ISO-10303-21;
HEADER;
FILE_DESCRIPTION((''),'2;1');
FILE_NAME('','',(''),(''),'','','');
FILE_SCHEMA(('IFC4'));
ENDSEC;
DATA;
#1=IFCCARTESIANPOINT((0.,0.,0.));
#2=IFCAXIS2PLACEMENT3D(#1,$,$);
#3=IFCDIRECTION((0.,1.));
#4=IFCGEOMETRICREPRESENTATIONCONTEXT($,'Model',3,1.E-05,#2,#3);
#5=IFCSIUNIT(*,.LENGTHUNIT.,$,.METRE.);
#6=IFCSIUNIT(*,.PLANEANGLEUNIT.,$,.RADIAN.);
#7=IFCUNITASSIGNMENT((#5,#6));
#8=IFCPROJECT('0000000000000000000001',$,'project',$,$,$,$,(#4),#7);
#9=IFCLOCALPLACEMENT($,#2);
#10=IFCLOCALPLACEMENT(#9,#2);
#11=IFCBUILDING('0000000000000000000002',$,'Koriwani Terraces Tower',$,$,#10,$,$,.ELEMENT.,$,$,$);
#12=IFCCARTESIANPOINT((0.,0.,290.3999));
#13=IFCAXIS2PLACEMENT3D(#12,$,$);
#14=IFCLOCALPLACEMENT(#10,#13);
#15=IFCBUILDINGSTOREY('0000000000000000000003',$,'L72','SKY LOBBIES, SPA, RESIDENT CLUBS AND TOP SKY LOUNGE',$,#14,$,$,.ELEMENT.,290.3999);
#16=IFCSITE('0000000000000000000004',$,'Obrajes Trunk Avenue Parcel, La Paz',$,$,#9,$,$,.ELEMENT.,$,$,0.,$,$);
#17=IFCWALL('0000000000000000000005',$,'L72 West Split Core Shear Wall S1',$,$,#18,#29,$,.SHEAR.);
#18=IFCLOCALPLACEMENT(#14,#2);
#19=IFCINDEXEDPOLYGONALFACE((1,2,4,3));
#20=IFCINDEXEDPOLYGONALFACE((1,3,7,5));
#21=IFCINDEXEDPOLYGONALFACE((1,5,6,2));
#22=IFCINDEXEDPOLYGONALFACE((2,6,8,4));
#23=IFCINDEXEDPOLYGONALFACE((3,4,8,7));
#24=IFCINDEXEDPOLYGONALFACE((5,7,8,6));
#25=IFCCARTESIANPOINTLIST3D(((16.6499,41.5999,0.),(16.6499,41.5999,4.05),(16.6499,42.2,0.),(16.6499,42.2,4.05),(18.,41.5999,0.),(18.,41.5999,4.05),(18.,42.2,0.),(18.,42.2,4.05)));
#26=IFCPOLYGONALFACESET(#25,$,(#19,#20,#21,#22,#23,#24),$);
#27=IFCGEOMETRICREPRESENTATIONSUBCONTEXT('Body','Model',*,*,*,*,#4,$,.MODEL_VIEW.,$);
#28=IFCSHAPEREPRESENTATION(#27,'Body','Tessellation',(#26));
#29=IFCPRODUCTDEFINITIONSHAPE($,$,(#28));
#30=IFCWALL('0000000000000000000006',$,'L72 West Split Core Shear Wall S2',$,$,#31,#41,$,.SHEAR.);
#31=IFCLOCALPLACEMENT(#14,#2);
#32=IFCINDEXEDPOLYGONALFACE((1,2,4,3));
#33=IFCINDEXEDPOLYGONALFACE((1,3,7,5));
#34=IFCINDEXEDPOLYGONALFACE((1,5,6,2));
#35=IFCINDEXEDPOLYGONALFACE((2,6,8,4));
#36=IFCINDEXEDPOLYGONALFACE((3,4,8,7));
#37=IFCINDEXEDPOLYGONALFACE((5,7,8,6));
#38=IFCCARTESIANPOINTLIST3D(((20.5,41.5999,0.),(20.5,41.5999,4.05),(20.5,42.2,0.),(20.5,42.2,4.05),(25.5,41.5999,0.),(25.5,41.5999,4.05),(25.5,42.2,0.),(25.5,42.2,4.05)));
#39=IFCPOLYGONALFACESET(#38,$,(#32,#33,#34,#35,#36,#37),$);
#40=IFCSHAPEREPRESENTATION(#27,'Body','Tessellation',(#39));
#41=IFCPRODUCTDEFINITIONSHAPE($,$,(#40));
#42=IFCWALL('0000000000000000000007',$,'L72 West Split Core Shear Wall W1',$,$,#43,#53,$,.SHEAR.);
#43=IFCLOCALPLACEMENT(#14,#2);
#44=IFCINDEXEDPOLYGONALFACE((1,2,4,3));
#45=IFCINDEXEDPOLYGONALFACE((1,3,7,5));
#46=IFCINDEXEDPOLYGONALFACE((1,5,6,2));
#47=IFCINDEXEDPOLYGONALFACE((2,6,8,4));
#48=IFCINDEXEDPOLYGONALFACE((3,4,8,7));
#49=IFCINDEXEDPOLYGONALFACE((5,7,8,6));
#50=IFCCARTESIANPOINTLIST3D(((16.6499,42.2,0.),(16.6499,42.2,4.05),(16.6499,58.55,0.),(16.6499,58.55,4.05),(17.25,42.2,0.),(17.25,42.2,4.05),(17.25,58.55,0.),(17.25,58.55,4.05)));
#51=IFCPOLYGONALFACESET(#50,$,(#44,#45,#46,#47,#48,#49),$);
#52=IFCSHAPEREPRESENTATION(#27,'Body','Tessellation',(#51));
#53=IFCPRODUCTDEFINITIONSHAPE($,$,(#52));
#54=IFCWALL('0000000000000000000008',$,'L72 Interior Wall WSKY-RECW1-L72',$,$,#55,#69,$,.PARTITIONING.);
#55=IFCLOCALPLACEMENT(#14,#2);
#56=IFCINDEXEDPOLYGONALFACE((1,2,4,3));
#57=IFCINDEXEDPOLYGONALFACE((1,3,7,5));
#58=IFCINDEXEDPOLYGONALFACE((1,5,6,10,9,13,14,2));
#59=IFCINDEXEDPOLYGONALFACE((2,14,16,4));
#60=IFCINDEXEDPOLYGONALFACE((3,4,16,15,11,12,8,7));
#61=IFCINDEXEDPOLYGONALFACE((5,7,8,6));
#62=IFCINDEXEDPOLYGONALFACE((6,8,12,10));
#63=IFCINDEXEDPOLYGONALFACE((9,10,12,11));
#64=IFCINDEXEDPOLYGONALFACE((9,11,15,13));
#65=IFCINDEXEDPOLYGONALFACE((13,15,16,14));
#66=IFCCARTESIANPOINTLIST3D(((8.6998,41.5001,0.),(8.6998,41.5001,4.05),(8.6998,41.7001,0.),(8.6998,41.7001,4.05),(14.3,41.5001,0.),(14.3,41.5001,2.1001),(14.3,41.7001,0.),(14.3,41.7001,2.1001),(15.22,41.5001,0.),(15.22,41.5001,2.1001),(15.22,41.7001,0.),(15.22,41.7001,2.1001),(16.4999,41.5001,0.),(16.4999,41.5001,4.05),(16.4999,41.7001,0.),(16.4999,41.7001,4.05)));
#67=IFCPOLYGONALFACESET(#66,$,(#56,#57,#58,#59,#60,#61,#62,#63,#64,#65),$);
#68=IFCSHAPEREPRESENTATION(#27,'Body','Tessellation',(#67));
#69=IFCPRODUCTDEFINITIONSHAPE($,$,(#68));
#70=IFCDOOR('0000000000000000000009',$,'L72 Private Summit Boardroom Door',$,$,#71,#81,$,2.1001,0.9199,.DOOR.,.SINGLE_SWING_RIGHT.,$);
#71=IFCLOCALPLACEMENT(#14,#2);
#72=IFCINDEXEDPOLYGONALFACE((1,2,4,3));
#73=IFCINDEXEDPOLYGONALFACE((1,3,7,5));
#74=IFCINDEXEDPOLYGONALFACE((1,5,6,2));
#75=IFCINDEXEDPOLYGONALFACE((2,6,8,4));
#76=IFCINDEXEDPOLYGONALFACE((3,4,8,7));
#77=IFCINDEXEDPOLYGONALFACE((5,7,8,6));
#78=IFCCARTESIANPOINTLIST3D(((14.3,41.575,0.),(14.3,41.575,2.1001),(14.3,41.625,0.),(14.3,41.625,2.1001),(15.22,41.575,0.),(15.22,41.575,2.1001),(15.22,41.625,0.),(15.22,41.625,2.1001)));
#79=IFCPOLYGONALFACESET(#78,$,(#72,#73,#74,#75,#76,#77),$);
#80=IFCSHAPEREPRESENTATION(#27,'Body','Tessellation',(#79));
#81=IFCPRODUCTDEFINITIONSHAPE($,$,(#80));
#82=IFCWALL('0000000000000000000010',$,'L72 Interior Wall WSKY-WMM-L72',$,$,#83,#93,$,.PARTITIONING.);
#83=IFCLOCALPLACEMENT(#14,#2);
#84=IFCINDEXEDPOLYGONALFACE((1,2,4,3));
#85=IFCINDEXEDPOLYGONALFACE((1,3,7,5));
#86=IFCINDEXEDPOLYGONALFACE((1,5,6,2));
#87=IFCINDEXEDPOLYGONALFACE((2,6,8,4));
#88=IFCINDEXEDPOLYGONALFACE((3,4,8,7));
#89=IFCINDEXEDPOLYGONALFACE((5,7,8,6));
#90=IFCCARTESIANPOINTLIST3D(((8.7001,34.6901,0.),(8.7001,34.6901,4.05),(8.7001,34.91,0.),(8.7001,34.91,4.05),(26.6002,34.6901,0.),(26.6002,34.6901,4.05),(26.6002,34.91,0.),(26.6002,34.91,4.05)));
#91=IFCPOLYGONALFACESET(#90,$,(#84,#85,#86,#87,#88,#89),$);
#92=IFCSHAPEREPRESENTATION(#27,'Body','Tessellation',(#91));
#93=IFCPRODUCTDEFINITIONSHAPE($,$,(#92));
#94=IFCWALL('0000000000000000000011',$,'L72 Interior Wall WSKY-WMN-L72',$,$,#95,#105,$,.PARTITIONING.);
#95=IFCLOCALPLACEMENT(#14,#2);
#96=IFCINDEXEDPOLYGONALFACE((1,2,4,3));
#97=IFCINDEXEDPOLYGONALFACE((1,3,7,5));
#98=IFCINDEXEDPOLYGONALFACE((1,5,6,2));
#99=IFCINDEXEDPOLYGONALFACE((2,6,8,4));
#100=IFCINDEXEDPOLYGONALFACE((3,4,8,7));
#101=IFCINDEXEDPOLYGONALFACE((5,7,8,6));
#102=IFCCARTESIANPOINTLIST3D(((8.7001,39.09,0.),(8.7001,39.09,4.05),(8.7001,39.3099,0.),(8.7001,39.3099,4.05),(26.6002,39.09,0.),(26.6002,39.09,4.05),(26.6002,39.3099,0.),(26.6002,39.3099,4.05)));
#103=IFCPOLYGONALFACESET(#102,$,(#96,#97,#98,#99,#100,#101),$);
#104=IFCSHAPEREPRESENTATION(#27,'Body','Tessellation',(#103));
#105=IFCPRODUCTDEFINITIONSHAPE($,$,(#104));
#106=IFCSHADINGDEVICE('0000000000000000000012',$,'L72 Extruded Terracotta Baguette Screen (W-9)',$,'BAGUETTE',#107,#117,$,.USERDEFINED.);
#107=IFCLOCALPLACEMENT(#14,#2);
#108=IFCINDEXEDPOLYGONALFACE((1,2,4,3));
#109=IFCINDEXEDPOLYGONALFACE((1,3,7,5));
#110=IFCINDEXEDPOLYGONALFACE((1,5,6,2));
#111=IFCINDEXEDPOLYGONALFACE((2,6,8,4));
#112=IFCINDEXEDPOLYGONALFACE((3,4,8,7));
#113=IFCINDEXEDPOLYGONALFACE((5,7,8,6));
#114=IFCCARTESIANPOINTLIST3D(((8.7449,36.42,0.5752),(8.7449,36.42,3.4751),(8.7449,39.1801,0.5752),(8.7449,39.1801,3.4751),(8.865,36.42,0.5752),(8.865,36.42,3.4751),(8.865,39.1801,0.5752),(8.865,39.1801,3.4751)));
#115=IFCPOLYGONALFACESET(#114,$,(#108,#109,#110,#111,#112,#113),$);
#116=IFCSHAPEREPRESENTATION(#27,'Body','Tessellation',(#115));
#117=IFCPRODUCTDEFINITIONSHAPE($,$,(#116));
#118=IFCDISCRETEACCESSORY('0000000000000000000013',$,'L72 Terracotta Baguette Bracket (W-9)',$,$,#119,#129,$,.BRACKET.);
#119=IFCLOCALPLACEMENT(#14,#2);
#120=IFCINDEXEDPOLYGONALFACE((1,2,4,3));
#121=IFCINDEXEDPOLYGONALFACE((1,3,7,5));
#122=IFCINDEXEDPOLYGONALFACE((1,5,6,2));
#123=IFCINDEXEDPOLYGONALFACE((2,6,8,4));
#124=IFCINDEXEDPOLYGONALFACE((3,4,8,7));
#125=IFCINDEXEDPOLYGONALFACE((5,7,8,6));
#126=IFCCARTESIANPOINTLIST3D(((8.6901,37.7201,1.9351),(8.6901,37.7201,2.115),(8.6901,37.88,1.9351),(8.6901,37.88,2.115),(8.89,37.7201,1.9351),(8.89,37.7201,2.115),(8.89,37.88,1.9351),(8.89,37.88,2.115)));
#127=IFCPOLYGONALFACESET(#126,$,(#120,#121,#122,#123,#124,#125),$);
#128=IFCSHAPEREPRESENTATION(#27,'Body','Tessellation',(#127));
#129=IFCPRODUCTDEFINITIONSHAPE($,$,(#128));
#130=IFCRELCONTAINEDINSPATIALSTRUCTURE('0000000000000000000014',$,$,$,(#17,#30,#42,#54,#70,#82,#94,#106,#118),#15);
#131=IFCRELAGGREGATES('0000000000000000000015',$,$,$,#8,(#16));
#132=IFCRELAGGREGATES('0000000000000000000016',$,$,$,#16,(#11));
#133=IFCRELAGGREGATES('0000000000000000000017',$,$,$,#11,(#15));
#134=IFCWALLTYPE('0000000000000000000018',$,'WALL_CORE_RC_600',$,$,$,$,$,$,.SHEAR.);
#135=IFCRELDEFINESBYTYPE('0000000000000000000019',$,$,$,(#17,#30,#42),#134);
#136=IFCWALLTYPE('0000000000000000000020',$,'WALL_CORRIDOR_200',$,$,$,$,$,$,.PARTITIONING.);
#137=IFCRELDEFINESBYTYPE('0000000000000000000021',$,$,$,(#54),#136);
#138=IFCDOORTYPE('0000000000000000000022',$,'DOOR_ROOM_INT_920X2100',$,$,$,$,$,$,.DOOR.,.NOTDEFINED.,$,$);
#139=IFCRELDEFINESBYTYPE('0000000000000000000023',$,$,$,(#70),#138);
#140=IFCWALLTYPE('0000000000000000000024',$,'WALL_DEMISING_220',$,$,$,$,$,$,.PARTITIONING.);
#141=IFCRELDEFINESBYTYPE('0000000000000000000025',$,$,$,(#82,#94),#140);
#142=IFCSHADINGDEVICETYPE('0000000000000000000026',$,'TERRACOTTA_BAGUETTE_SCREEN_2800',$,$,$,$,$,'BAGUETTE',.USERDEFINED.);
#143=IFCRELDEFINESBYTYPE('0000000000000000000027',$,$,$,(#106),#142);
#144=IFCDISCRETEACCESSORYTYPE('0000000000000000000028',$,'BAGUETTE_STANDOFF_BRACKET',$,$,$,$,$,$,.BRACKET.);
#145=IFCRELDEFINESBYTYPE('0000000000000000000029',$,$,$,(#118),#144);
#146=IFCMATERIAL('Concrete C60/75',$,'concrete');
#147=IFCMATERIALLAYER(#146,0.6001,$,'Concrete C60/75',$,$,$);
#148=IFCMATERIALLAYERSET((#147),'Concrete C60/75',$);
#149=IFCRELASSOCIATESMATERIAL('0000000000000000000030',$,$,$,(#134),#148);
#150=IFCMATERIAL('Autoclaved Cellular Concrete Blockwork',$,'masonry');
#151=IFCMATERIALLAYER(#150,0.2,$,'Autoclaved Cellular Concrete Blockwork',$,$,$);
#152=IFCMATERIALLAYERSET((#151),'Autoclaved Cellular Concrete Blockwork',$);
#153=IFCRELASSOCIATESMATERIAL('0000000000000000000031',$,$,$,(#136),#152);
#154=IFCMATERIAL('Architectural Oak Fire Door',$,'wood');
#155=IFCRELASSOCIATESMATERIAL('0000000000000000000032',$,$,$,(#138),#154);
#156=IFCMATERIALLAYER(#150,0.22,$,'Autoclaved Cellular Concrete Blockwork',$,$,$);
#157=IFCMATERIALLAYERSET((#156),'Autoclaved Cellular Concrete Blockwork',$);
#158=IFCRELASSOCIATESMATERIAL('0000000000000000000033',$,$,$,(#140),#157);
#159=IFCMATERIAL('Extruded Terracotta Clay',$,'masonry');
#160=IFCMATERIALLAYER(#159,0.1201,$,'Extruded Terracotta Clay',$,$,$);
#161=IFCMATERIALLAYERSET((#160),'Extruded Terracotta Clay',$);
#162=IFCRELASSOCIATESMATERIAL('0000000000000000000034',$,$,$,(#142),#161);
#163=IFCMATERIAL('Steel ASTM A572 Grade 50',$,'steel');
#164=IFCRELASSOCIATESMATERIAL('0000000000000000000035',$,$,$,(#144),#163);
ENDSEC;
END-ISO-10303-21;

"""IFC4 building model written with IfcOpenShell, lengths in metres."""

from ifc_helpers import new_model, si_unit, direction, frame, frame_2d, origin, origin_2d, place, context, subcontext, project, spatial, rectangle, extrude, material, layer, layer_set, type_object, element, fill, save


model = new_model("IFC4")

# Units and contexts
model_context = context("Model", 3, precision=1e-05, world=origin(), true_north=direction((0.0, 1.0)))
body_context = subcontext(model_context, "Body", "Model", "MODEL_VIEW")
ifc_project = project(units=[si_unit("LENGTHUNIT", "METRE"), si_unit("PLANEANGLEUNIT", "RADIAN")], contexts=[model_context])

# Site, building, storey
site_placement = place(None, origin())
site = spatial("IfcSite", under=ifc_project, at=site_placement, Name="Obrajes Trunk Avenue Parcel, La Paz", CompositionType="ELEMENT", RefElevation=0.0)
building_placement = place(site_placement, origin())
building = spatial("IfcBuilding", under=site, at=building_placement, Name="Koriwani Terraces Tower", CompositionType="ELEMENT")
storey_placement = place(building_placement, frame((0.0, 0.0, 290.3999)))
storey = spatial("IfcBuildingStorey", under=building, at=storey_placement, Name="L72", Description="SKY LOBBIES, SPA, RESIDENT CLUBS AND TOP SKY LOUNGE", CompositionType="ELEMENT", Elevation=290.3999)

# Shared definitions
ifc_material_1 = material(Name="Steel ASTM A572 Grade 50", Category="steel")

# Walls
ifc_material_2 = material(Name="Concrete C60/75", Category="concrete")
ifc_layer_1 = layer(ifc_material_2, 0.6001, Name="Concrete C60/75")
ifc_layer_set_1 = layer_set([ifc_layer_1], Name="Concrete C60/75")
wall_type_1 = type_object("IfcWallType", Name="WALL_CORE_RC_600", PredefinedType="SHEAR", material=ifc_layer_set_1)
wall_1_placement = place(storey_placement, frame((16.6499, 41.8999, 0.0), z_axis=(0.0, 0.0, 1.0), x_axis=(1.0, 0.0, 0.0)))
element("IfcWall", 1, at=wall_1_placement, inside=storey, type_object=wall_type_1, Name="L72 West Split Core Shear Wall S1", PredefinedType="SHEAR", context=body_context, shape_type="SweptSolid", body=[
    extrude(rectangle(XDim=1.3501, YDim=0.6001, at=frame_2d((0.675, 0.0))), origin(), (0.0, 0.0, 1.0), 4.05),
])
wall_2_placement = place(storey_placement, frame((20.5, 41.8999, 0.0), z_axis=(0.0, 0.0, 1.0), x_axis=(1.0, 0.0, 0.0)))
element("IfcWall", 2, at=wall_2_placement, inside=storey, type_object=wall_type_1, Name="L72 West Split Core Shear Wall S2", PredefinedType="SHEAR", context=body_context, shape_type="SweptSolid", body=[
    extrude(rectangle(XDim=5.0, YDim=0.6001, at=frame_2d((2.5, 0.0))), origin(), (0.0, 0.0, 1.0), 4.05),
])
wall_3_placement = place(storey_placement, frame((16.95, 42.2, 0.0), z_axis=(0.0, 0.0, 1.0), x_axis=(0.0, 1.0, 0.0)))
element("IfcWall", 3, at=wall_3_placement, inside=storey, type_object=wall_type_1, Name="L72 West Split Core Shear Wall W1", PredefinedType="SHEAR", context=body_context, shape_type="SweptSolid", body=[
    extrude(rectangle(XDim=16.3501, YDim=0.6001, at=frame_2d((8.175, 0.0))), origin(), (0.0, 0.0, 1.0), 4.05),
])

# Wall, opening, door
ifc_material_3 = material(Name="Autoclaved Cellular Concrete Blockwork", Category="masonry")
ifc_layer_2 = layer(ifc_material_3, 0.2, Name="Autoclaved Cellular Concrete Blockwork")
ifc_layer_set_2 = layer_set([ifc_layer_2], Name="Autoclaved Cellular Concrete Blockwork")
wall_type_2 = type_object("IfcWallType", Name="WALL_CORRIDOR_200", PredefinedType="PARTITIONING", material=ifc_layer_set_2)
wall_4_placement = place(storey_placement, frame((8.7, 41.6001, 0.0), z_axis=(0.0, 0.0, 1.0), x_axis=(1.0, 0.0, 0.0)))
wall_4 = element("IfcWall", 4, at=wall_4_placement, inside=storey, type_object=wall_type_2, Name="L72 Interior Wall WSKY-RECW1-L72", PredefinedType="PARTITIONING", context=body_context, shape_type="SweptSolid", body=[
    extrude(rectangle(XDim=7.8, YDim=0.2, at=frame_2d((3.8999, 0.0))), origin(), (0.0, 0.0, 1.0), 4.05),
])
opening_1_placement = place(wall_4_placement, frame((5.6001, 0.0, 0.0)))
opening_1 = element("IfcOpeningElement", 5, at=opening_1_placement, cuts=wall_4, PredefinedType="OPENING", context=body_context, shape_type="SweptSolid", body=[
    extrude(rectangle(XDim=0.9199, YDim=2.1001, at=frame_2d((0.46, 1.05))), frame((0.0, 0.1099, 0.0), z_axis=(0.0, -1.0, 0.0), x_axis=(1.0, 0.0, 0.0)), (0.0, 0.0, 1.0), 0.22),
])
ifc_material_4 = material(Name="Architectural Oak Fire Door", Category="wood")
door_type_1 = type_object("IfcDoorType", Name="DOOR_ROOM_INT_920X2100", OperationType="NOTDEFINED", PredefinedType="DOOR", material=ifc_material_4)
door_1_placement = place(opening_1_placement, origin())
door_1 = element("IfcDoor", 6, at=door_1_placement, inside=storey, type_object=door_type_1, Name="L72 Private Summit Boardroom Door", OperationType="SINGLE_SWING_RIGHT", OverallHeight=2.1001, OverallWidth=0.9199, PredefinedType="DOOR", context=body_context, shape_type="SweptSolid", body=[
    extrude(rectangle(XDim=0.9199, YDim=2.1001, at=frame_2d((0.46, 1.05))), frame((0.0, 0.0249, 0.0), z_axis=(0.0, -1.0, 0.0), x_axis=(1.0, 0.0, 0.0)), (0.0, 0.0, 1.0), 0.05),
])
fill(opening_1, door_1)

# Walls
ifc_layer_3 = layer(ifc_material_3, 0.22, Name="Autoclaved Cellular Concrete Blockwork")
ifc_layer_set_3 = layer_set([ifc_layer_3], Name="Autoclaved Cellular Concrete Blockwork")
wall_type_3 = type_object("IfcWallType", Name="WALL_DEMISING_220", PredefinedType="PARTITIONING", material=ifc_layer_set_3)
for number, where, z_axis, x_axis, name in (
    (7, (8.7, 34.8, 0.0), (0.0, 0.0, 1.0), (1.0, 0.0, 0.0), "L72 Interior Wall WSKY-WMM-L72"),
    (8, (8.7, 39.2, 0.0), (0.0, 0.0, 1.0), (1.0, 0.0, 0.0), "L72 Interior Wall WSKY-WMN-L72"),
):
    element("IfcWall", number, at=place(storey_placement, frame(where, z_axis=z_axis, x_axis=x_axis)), inside=storey, type_object=wall_type_3, Name=name, PredefinedType="PARTITIONING", context=body_context, shape_type="SweptSolid", body=[
        extrude(rectangle(XDim=17.9001, YDim=0.22, at=frame_2d((8.9502, 0.0))), origin(), (0.0, 0.0, 1.0), 4.05),
    ])

# Shading device
ifc_material_5 = material(Name="Extruded Terracotta Clay", Category="masonry")
ifc_layer_4 = layer(ifc_material_5, 0.1201, Name="Extruded Terracotta Clay")
ifc_layer_set_4 = layer_set([ifc_layer_4], Name="Extruded Terracotta Clay")
shading_device_type = type_object("IfcShadingDeviceType", Name="TERRACOTTA_BAGUETTE_SCREEN_2800", ElementType="BAGUETTE", PredefinedType="USERDEFINED", material=ifc_layer_set_4)
shading_device_placement = place(storey_placement, frame((8.8049, 37.8, 0.5752), z_axis=(0.0, 0.0, 1.0), x_axis=(0.0, 1.0, 0.0)))
element("IfcShadingDevice", 9, at=shading_device_placement, inside=storey, type_object=shading_device_type, Name="L72 Extruded Terracotta Baguette Screen (W-9)", ObjectType="BAGUETTE", PredefinedType="USERDEFINED", context=body_context, shape_type="SweptSolid", body=[
    extrude(rectangle(XDim=2.76, YDim=0.1201, at=origin_2d()), origin(), (0.0, 0.0, 1.0), 2.8999),
])

# Discrete accessory
discrete_accessory_type = type_object("IfcDiscreteAccessoryType", Name="BAGUETTE_STANDOFF_BRACKET", PredefinedType="BRACKET", material=ifc_material_1)
discrete_accessory_placement = place(storey_placement, frame((8.79, 37.8, 1.9351), z_axis=(0.0, 0.0, 1.0), x_axis=(0.0, 1.0, 0.0)))
element("IfcDiscreteAccessory", 10, at=discrete_accessory_placement, inside=storey, type_object=discrete_accessory_type, Name="L72 Terracotta Baguette Bracket (W-9)", PredefinedType="BRACKET", context=body_context, shape_type="SweptSolid", body=[
    extrude(rectangle(XDim=0.1599, YDim=0.2, at=origin_2d()), origin(), (0.0, 0.0, 1.0), 0.1799),
])

save(model, "model.ifc")
